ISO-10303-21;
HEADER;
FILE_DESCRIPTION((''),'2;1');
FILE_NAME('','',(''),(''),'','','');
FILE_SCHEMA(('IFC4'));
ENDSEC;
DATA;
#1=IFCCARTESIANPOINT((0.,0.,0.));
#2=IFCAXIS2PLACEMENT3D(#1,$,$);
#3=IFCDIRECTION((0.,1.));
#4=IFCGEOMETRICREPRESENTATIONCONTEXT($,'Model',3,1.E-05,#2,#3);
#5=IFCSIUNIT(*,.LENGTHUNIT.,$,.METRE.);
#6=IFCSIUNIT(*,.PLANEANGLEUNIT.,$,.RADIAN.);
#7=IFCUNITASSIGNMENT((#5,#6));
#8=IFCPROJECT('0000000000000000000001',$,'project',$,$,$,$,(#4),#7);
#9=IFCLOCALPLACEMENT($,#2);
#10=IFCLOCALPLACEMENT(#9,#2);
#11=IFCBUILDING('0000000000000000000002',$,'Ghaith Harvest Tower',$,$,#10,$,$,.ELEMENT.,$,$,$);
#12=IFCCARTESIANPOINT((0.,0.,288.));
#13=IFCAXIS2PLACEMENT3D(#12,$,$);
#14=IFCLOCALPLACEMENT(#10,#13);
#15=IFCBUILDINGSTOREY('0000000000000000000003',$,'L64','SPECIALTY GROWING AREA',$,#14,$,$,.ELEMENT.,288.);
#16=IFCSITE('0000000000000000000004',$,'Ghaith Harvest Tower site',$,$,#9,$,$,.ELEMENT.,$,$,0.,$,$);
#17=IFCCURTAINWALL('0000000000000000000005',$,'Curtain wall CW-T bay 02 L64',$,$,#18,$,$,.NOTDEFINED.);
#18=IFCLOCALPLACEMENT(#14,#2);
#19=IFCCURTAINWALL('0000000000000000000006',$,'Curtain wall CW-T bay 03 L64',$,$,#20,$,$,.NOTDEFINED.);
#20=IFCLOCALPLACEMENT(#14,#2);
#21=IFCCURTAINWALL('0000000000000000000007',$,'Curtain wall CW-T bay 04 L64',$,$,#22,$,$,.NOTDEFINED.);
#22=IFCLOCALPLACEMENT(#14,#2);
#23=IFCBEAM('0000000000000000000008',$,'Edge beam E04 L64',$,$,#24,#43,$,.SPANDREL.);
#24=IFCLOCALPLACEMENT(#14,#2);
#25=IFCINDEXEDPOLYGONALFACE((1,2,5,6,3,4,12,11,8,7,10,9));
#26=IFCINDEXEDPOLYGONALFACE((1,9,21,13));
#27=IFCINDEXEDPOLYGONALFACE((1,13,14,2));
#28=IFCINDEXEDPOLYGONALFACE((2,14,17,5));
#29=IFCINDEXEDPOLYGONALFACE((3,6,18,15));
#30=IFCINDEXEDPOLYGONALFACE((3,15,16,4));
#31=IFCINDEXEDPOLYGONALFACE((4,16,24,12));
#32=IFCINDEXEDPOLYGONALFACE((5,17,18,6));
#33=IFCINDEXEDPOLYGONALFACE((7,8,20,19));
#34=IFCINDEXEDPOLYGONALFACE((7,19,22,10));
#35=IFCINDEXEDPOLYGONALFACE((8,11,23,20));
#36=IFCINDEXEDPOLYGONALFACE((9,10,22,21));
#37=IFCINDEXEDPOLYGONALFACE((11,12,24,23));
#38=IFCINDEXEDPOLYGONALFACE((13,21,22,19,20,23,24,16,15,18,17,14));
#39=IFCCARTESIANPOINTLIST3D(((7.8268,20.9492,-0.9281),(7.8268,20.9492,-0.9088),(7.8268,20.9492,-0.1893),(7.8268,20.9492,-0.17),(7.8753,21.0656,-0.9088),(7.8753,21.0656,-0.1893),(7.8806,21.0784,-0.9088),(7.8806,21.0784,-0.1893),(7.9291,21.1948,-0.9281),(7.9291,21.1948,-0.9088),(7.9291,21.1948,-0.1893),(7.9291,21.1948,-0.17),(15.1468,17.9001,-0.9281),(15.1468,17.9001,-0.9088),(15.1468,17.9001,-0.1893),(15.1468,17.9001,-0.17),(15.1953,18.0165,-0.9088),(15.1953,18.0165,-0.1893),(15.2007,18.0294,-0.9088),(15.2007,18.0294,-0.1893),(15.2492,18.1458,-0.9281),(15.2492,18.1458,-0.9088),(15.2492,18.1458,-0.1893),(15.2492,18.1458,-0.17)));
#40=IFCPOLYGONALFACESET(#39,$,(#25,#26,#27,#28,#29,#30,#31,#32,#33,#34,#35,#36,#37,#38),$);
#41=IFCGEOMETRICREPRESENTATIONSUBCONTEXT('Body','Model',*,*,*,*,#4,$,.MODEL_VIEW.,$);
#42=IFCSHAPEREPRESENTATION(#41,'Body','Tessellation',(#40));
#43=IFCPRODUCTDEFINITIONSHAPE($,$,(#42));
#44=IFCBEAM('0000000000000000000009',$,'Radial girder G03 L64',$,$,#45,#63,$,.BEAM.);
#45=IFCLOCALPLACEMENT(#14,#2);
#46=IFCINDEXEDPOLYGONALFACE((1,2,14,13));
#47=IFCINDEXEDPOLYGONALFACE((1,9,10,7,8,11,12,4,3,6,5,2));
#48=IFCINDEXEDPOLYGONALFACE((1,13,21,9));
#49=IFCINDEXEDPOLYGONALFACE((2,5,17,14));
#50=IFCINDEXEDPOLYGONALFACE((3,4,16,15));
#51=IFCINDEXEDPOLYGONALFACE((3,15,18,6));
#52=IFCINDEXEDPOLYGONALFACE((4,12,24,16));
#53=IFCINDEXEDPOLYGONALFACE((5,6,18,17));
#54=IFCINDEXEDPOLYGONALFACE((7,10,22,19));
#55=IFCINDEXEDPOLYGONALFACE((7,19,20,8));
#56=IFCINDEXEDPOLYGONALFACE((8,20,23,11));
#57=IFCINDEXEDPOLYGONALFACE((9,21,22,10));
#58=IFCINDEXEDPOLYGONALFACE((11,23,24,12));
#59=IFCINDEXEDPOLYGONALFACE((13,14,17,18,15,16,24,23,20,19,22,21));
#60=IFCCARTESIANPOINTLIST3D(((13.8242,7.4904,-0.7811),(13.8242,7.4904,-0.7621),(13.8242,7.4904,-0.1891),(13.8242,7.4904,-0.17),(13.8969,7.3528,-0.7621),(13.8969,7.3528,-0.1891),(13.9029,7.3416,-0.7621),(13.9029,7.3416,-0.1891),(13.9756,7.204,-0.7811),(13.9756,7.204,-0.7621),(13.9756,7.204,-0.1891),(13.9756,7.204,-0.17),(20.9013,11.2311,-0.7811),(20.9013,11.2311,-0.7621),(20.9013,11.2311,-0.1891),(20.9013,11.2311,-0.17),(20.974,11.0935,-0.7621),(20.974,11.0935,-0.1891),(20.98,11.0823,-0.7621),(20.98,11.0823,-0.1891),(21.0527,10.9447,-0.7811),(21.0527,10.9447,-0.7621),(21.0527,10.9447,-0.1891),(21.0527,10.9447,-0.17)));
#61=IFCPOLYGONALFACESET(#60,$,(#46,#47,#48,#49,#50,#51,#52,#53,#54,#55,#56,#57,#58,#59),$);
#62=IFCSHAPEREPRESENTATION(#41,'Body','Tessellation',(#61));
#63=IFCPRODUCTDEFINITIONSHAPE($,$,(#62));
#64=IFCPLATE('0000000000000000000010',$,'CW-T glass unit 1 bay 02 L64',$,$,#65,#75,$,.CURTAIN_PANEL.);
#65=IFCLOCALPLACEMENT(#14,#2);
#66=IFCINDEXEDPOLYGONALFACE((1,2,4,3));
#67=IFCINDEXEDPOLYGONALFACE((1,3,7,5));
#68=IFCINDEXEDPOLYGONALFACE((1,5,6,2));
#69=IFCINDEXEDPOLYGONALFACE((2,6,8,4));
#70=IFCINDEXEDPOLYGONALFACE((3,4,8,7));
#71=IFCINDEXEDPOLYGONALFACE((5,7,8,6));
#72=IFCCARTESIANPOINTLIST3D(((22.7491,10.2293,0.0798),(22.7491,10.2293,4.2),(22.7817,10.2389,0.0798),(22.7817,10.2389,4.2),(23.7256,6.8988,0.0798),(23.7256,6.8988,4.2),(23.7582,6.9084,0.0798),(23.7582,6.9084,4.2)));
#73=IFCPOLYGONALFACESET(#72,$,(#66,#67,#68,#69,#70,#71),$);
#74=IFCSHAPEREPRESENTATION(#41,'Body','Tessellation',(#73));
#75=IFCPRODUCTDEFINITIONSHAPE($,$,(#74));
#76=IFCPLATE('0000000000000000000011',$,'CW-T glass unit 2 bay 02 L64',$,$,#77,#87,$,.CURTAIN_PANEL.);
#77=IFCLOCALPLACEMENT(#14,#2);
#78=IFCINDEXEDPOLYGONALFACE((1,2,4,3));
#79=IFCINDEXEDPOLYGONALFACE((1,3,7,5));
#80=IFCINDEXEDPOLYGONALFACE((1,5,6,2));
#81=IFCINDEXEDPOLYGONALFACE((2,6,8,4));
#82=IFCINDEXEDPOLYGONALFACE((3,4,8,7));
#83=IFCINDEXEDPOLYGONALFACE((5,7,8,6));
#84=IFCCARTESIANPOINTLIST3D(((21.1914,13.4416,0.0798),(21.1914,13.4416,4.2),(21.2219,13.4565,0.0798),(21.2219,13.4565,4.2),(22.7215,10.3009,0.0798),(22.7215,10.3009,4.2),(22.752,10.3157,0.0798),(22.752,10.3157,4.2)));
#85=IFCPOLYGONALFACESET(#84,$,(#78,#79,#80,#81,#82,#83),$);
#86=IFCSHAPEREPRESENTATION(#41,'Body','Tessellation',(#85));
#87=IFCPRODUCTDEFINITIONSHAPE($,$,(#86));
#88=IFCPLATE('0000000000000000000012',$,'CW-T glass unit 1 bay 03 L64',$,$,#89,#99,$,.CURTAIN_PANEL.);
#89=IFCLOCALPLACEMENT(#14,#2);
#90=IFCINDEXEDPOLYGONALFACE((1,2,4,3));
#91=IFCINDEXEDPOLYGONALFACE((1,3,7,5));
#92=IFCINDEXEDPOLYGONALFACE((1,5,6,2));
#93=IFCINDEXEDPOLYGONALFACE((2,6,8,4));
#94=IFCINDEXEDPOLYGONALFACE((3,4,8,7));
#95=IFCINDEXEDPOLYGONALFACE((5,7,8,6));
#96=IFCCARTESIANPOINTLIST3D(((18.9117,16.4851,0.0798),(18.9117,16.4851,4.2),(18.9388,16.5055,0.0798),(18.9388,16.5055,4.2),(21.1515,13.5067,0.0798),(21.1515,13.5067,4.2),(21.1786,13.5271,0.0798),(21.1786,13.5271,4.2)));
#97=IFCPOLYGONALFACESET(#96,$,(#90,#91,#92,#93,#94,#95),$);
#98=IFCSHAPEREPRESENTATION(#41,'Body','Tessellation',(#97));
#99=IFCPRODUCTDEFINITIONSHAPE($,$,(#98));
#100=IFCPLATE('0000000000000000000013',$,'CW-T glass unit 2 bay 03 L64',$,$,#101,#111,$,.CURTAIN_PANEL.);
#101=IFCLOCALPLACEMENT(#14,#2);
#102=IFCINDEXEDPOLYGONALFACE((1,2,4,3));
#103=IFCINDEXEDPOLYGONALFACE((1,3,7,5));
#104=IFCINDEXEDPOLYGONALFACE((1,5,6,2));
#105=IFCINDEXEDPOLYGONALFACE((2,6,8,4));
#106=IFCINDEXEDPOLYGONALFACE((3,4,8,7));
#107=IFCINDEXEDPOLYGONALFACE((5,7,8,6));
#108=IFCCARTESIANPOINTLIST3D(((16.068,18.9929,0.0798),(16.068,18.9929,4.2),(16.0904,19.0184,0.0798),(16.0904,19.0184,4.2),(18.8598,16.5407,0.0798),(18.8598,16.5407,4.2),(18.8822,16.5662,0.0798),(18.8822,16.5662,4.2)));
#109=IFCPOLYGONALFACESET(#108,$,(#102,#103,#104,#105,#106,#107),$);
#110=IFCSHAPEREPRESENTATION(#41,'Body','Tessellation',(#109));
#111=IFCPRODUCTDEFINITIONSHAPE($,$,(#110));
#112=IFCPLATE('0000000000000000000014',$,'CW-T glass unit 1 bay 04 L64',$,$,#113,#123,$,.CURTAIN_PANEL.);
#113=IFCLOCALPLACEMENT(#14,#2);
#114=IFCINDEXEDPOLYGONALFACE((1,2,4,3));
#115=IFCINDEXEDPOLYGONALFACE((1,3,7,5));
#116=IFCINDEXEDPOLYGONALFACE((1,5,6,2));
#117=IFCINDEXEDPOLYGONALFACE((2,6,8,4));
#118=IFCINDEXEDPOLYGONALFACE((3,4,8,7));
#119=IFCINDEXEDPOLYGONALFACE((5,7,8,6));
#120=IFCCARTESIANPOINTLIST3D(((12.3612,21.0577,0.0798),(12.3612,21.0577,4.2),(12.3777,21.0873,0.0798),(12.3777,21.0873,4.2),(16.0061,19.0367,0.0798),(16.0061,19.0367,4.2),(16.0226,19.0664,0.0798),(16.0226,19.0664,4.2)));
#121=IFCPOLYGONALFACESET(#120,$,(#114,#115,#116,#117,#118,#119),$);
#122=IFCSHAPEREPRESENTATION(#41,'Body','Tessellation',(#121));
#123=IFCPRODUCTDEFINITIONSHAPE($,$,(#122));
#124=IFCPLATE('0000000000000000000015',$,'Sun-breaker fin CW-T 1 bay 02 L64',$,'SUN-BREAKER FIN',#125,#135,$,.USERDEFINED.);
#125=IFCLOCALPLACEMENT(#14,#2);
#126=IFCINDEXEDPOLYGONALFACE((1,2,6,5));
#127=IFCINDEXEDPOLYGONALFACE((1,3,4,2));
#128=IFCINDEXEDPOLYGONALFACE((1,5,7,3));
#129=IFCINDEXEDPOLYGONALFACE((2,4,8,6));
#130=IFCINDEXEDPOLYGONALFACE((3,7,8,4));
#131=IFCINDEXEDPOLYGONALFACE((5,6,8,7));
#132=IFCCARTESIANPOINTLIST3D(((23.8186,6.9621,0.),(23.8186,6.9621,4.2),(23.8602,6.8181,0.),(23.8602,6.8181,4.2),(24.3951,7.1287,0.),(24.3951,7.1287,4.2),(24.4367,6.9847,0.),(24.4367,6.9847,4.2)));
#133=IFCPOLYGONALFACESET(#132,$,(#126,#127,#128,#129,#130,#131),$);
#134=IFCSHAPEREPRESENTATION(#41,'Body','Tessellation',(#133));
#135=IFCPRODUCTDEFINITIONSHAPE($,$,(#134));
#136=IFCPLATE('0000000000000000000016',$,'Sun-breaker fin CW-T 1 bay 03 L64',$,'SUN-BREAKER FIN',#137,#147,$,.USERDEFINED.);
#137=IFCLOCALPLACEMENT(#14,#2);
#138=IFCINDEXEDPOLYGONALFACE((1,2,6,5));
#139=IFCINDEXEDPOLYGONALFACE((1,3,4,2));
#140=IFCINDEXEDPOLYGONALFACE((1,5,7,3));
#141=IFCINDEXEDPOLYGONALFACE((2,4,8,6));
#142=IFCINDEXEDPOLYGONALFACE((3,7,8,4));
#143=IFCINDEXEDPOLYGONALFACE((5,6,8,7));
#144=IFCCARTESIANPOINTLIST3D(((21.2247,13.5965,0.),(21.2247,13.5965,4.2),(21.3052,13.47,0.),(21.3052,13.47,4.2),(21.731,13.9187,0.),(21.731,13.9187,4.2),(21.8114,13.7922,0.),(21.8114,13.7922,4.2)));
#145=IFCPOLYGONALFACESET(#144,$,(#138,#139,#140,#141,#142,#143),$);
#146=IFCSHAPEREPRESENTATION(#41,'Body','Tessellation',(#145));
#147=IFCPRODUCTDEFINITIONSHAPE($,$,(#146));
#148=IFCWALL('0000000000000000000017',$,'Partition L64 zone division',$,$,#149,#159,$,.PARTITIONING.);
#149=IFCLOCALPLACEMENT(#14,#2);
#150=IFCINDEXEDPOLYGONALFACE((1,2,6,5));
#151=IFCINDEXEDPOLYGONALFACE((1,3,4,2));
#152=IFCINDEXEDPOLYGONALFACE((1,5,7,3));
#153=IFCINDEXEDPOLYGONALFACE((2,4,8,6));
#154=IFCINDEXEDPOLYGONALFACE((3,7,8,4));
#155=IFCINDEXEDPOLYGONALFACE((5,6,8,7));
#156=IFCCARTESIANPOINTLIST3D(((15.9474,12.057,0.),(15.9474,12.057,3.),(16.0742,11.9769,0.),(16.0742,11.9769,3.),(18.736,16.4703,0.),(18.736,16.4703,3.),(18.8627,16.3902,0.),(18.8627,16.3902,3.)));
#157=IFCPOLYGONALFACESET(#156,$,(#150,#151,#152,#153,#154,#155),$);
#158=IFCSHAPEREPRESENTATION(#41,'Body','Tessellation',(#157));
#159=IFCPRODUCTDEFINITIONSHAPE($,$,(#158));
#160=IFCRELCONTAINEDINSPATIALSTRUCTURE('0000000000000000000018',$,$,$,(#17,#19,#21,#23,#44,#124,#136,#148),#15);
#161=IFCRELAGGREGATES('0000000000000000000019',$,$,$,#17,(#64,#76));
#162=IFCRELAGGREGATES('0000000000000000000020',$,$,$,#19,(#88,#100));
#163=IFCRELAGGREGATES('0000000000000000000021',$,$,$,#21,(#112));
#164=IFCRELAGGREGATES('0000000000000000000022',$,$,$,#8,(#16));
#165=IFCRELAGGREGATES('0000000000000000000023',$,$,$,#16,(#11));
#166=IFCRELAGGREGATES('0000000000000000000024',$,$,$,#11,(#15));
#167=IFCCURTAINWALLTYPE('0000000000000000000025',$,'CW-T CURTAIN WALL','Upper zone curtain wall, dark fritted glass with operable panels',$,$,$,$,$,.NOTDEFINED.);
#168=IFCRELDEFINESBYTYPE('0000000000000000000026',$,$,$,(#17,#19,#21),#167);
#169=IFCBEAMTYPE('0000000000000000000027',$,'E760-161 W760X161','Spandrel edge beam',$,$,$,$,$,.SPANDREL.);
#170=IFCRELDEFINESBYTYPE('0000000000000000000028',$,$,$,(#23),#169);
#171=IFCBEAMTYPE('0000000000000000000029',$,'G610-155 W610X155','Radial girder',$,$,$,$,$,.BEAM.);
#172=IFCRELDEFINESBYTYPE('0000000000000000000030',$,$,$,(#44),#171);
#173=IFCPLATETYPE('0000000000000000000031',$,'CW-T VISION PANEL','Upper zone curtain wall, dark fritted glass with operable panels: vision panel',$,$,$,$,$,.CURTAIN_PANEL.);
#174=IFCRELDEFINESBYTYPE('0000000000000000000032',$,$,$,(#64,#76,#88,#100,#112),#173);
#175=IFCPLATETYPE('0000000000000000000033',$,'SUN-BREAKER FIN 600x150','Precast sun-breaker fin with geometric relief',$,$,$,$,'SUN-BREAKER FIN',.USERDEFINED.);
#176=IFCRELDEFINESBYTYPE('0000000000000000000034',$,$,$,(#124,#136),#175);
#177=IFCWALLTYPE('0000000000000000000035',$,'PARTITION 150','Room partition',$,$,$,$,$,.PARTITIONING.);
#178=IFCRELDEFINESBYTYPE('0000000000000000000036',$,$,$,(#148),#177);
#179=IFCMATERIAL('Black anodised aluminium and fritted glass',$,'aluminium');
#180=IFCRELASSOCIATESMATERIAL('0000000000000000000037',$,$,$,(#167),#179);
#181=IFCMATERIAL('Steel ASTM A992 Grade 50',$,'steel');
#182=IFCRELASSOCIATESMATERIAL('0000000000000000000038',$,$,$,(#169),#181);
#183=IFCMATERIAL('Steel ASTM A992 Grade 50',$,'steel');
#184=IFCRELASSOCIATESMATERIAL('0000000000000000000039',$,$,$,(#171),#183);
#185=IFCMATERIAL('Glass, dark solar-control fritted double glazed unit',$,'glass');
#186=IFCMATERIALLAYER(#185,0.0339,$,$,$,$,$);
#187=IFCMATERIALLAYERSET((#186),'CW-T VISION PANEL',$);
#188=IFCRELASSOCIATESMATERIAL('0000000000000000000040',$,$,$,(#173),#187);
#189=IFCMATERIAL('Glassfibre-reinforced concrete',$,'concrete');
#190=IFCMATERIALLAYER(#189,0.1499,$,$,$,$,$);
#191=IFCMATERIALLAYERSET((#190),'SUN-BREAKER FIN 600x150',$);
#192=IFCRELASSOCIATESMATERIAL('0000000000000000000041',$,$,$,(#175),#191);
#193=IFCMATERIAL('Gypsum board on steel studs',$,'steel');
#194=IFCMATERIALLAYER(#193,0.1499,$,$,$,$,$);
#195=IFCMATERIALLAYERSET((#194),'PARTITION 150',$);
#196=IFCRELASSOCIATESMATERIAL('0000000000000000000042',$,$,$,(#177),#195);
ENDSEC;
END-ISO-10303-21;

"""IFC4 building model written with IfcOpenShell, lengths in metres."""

from ifc_helpers import new_model, si_unit, direction, frame, frame_2d, origin, origin_2d, place, context, subcontext, project, spatial, rectangle, i_section, extrude, material, layer, layer_set, material_profile, profile_set, type_object, element, aggregate, save


model = new_model("IFC4")

# Units and contexts
model_context = context("Model", 3, precision=1e-05, world=origin(), true_north=direction((0.0, 1.0)))
body_context = subcontext(model_context, "Body", "Model", "MODEL_VIEW")
ifc_project = project(units=[si_unit("LENGTHUNIT", "METRE"), si_unit("PLANEANGLEUNIT", "RADIAN")], contexts=[model_context])

# Site, building, storey
site_placement = place(None, origin())
site = spatial("IfcSite", under=ifc_project, at=site_placement, Name="Ghaith Harvest Tower site", CompositionType="ELEMENT", RefElevation=0.0)
building_placement = place(site_placement, origin())
building = spatial("IfcBuilding", under=site, at=building_placement, Name="Ghaith Harvest Tower", CompositionType="ELEMENT")
storey_placement = place(building_placement, frame((0.0, 0.0, 288.0)))
storey = spatial("IfcBuildingStorey", under=building, at=storey_placement, Name="L64", Description="SPECIALTY GROWING AREA", CompositionType="ELEMENT", Elevation=288.0)

# Curtain walls
ifc_material_1 = material(Name="Black anodised aluminium and fritted glass", Category="aluminium")
curtain_wall_type = type_object("IfcCurtainWallType", Name="CW-T CURTAIN WALL", Description="Upper zone curtain wall, dark fritted glass with operable panels", PredefinedType="NOTDEFINED", material=ifc_material_1)
curtain_wall_1_placement = place(storey_placement, origin())
curtain_wall_1 = element("IfcCurtainWall", 1, at=curtain_wall_1_placement, inside=storey, type_object=curtain_wall_type, Name="Curtain wall CW-T bay 02 L64", PredefinedType="NOTDEFINED")
curtain_wall_2_placement = place(storey_placement, origin())
curtain_wall_2 = element("IfcCurtainWall", 2, at=curtain_wall_2_placement, inside=storey, type_object=curtain_wall_type, Name="Curtain wall CW-T bay 03 L64", PredefinedType="NOTDEFINED")

# Curtain wall
curtain_wall_3_placement = place(storey_placement, origin())
curtain_wall_3 = element("IfcCurtainWall", 3, at=curtain_wall_3_placement, inside=storey, type_object=curtain_wall_type, Name="Curtain wall CW-T bay 04 L64", PredefinedType="NOTDEFINED")

# Beams
ifc_material_2 = material(Name="Steel ASTM A992 Grade 50", Category="steel")
ifc_material_profile_1 = material_profile(ifc_material_2, i_section(OverallWidth=0.2661, OverallDepth=0.7581, WebThickness=0.0139, FlangeThickness=0.0193, at=origin_2d()), Name="W760X161")
ifc_profile_set_1 = profile_set([ifc_material_profile_1], Name="Steel ASTM A992 Grade 50")
beam_type_1 = type_object("IfcBeamType", Name="E760-161 W760X161", Description="Spandrel edge beam", PredefinedType="SPANDREL", material=ifc_profile_set_1)
beam_1_placement = place(storey_placement, frame((15.198, 18.0229, -0.5491), z_axis=(-0.92312, 0.384513, 0.0), x_axis=(-0.384513, -0.92312, 0.0)))
element("IfcBeam", 4, at=beam_1_placement, inside=storey, type_object=beam_type_1, Name="Edge beam E04 L64", PredefinedType="SPANDREL", context=body_context, shape_type="SweptSolid", body=[
    extrude(i_section(OverallWidth=0.2661, OverallDepth=0.7581, WebThickness=0.0139, FlangeThickness=0.0193, at=origin_2d()), origin(), (0.0, 0.0, 1.0), 7.9297),
])
ifc_material_3 = material(Name="Steel ASTM A992 Grade 50", Category="steel")
ifc_material_profile_2 = material_profile(ifc_material_3, i_section(OverallWidth=0.324, OverallDepth=0.6111, WebThickness=0.0127, FlangeThickness=0.019, at=origin_2d()), Name="W610X155")
ifc_profile_set_2 = profile_set([ifc_material_profile_2], Name="Steel ASTM A992 Grade 50")
beam_type_2 = type_object("IfcBeamType", Name="G610-155 W610X155", Description="Radial girder", PredefinedType="BEAM", material=ifc_profile_set_2)
beam_2_placement = place(storey_placement, frame((13.8999, 7.3472, -0.4756), z_axis=(0.884098, 0.467302, 0.0), x_axis=(-0.467302, 0.884098, 0.0)))
element("IfcBeam", 5, at=beam_2_placement, inside=storey, type_object=beam_type_2, Name="Radial girder G03 L64", PredefinedType="BEAM", context=body_context, shape_type="SweptSolid", body=[
    extrude(i_section(OverallWidth=0.324, OverallDepth=0.6111, WebThickness=0.0127, FlangeThickness=0.019, at=origin_2d()), origin(), (0.0, 0.0, 1.0), 8.0049),
])

# Plates
ifc_material_4 = material(Name="Glass, dark solar-control fritted double glazed unit", Category="glass")
ifc_layer_1 = layer(ifc_material_4, 0.0339)
ifc_layer_set_1 = layer_set([ifc_layer_1], Name="CW-T VISION PANEL")
plate_type_1 = type_object("IfcPlateType", Name="CW-T VISION PANEL", Description="Upper zone curtain wall, dark fritted glass with operable panels: vision panel", PredefinedType="CURTAIN_PANEL", material=ifc_layer_set_1)
plate_1_placement = place(storey_placement, frame((23.2537, 8.5688, 0.0798), z_axis=(0.0, 0.0, 1.0), x_axis=(-0.281345, 0.959607, 0.0)))
plate_1 = element("IfcPlate", 6, at=plate_1_placement, type_object=plate_type_1, Name="CW-T glass unit 1 bay 02 L64", PredefinedType="CURTAIN_PANEL", context=body_context, shape_type="SweptSolid", body=[
    extrude(rectangle(XDim=3.4707, YDim=0.0339, at=origin_2d()), origin(), (0.0, 0.0, 1.0), 4.1201),
])
plate_2_placement = place(storey_placement, frame((21.9717, 11.8787, 0.0798), z_axis=(0.0, 0.0, 1.0), x_axis=(-0.437968, 0.89899, 0.0)))
plate_2 = element("IfcPlate", 7, at=plate_2_placement, type_object=plate_type_1, Name="CW-T glass unit 2 bay 02 L64", PredefinedType="CURTAIN_PANEL", context=body_context, shape_type="SweptSolid", body=[
    extrude(rectangle(XDim=3.4937, YDim=0.0339, at=origin_2d()), origin(), (0.0, 0.0, 1.0), 4.1201),
])
aggregate(curtain_wall_1, [plate_1, plate_2])
plate_3_placement = place(storey_placement, frame((20.0452, 15.0061, 0.0798), z_axis=(0.0, 0.0, 1.0), x_axis=(-0.601048, 0.799213, 0.0)))
plate_3 = element("IfcPlate", 8, at=plate_3_placement, type_object=plate_type_1, Name="CW-T glass unit 1 bay 03 L64", PredefinedType="CURTAIN_PANEL", context=body_context, shape_type="SweptSolid", body=[
    extrude(rectangle(XDim=3.7266, YDim=0.0339, at=origin_2d()), origin(), (0.0, 0.0, 1.0), 4.1201),
])
plate_4_placement = place(storey_placement, frame((17.4751, 17.7795, 0.0798), z_axis=(0.0, 0.0, 1.0), x_axis=(-0.751335, 0.659922, 0.0)))
plate_4 = element("IfcPlate", 9, at=plate_4_placement, type_object=plate_type_1, Name="CW-T glass unit 2 bay 03 L64", PredefinedType="CURTAIN_PANEL", context=body_context, shape_type="SweptSolid", body=[
    extrude(rectangle(XDim=3.7158, YDim=0.0339, at=origin_2d()), origin(), (0.0, 0.0, 1.0), 4.1201),
])
aggregate(curtain_wall_2, [plate_3, plate_4])
plate_5_placement = place(storey_placement, frame((14.1919, 20.062, 0.0798), z_axis=(0.0, 0.0, 1.0), x_axis=(-0.874564, 0.48491, 0.0)))
plate_5 = element("IfcPlate", 10, at=plate_5_placement, type_object=plate_type_1, Name="CW-T glass unit 1 bay 04 L64", PredefinedType="CURTAIN_PANEL", context=body_context, shape_type="SweptSolid", body=[
    extrude(rectangle(XDim=4.1677, YDim=0.0339, at=origin_2d()), origin(), (0.0, 0.0, 1.0), 4.1201),
])
aggregate(curtain_wall_3, [plate_5])

# Plates
ifc_material_5 = material(Name="Glassfibre-reinforced concrete", Category="concrete")
ifc_layer_2 = layer(ifc_material_5, 0.1499)
ifc_layer_set_2 = layer_set([ifc_layer_2], Name="SUN-BREAKER FIN 600x150")
plate_type_2 = type_object("IfcPlateType", Name="SUN-BREAKER FIN 600x150", Description="Precast sun-breaker fin with geometric relief", ElementType="SUN-BREAKER FIN", PredefinedType="USERDEFINED", material=ifc_layer_set_2)
for number, where, z_axis, x_axis, name in (
    (11, (24.1277, 6.9734, 0.0), (0.0, 0.0, 1.0), (0.96068, 0.277657, 0.0), "Sun-breaker fin CW-T 1 bay 02 L64"),
    (12, (21.5181, 13.6943, 0.0), (0.0, 0.0, 1.0), (0.843644, 0.536903, 0.0), "Sun-breaker fin CW-T 1 bay 03 L64"),
):
    element("IfcPlate", number, at=place(storey_placement, frame(where, z_axis=z_axis, x_axis=x_axis)), inside=storey, type_object=plate_type_2, Name=name, ObjectType="SUN-BREAKER FIN", PredefinedType="USERDEFINED", context=body_context, shape_type="SweptSolid", body=[
        extrude(rectangle(XDim=0.6001, YDim=0.1499, at=origin_2d()), origin(), (0.0, 0.0, 1.0), 4.2),
    ])

# Wall
ifc_material_6 = material(Name="Gypsum board on steel studs", Category="steel")
ifc_layer_3 = layer(ifc_material_6, 0.1499)
ifc_layer_set_3 = layer_set([ifc_layer_3], Name="PARTITION 150")
wall_type_1 = type_object("IfcWallType", Name="PARTITION 150", Description="Room partition", PredefinedType="PARTITIONING", material=ifc_layer_set_3)
wall_1_placement = place(storey_placement, frame((16.0107, 12.0168, 0.0), z_axis=(0.0, 0.0, 1.0), x_axis=(0.534158, 0.845384, 0.0)))
element("IfcWall", 13, at=wall_1_placement, inside=storey, type_object=wall_type_1, Name="Partition L64 zone division", PredefinedType="PARTITIONING", context=body_context, shape_type="SweptSolid", body=[
    extrude(rectangle(XDim=5.2205, YDim=0.1499, at=frame_2d((2.6104, 0.0))), origin(), (0.0, 0.0, 1.0), 3.0),
])

save(model, "model.ifc")
